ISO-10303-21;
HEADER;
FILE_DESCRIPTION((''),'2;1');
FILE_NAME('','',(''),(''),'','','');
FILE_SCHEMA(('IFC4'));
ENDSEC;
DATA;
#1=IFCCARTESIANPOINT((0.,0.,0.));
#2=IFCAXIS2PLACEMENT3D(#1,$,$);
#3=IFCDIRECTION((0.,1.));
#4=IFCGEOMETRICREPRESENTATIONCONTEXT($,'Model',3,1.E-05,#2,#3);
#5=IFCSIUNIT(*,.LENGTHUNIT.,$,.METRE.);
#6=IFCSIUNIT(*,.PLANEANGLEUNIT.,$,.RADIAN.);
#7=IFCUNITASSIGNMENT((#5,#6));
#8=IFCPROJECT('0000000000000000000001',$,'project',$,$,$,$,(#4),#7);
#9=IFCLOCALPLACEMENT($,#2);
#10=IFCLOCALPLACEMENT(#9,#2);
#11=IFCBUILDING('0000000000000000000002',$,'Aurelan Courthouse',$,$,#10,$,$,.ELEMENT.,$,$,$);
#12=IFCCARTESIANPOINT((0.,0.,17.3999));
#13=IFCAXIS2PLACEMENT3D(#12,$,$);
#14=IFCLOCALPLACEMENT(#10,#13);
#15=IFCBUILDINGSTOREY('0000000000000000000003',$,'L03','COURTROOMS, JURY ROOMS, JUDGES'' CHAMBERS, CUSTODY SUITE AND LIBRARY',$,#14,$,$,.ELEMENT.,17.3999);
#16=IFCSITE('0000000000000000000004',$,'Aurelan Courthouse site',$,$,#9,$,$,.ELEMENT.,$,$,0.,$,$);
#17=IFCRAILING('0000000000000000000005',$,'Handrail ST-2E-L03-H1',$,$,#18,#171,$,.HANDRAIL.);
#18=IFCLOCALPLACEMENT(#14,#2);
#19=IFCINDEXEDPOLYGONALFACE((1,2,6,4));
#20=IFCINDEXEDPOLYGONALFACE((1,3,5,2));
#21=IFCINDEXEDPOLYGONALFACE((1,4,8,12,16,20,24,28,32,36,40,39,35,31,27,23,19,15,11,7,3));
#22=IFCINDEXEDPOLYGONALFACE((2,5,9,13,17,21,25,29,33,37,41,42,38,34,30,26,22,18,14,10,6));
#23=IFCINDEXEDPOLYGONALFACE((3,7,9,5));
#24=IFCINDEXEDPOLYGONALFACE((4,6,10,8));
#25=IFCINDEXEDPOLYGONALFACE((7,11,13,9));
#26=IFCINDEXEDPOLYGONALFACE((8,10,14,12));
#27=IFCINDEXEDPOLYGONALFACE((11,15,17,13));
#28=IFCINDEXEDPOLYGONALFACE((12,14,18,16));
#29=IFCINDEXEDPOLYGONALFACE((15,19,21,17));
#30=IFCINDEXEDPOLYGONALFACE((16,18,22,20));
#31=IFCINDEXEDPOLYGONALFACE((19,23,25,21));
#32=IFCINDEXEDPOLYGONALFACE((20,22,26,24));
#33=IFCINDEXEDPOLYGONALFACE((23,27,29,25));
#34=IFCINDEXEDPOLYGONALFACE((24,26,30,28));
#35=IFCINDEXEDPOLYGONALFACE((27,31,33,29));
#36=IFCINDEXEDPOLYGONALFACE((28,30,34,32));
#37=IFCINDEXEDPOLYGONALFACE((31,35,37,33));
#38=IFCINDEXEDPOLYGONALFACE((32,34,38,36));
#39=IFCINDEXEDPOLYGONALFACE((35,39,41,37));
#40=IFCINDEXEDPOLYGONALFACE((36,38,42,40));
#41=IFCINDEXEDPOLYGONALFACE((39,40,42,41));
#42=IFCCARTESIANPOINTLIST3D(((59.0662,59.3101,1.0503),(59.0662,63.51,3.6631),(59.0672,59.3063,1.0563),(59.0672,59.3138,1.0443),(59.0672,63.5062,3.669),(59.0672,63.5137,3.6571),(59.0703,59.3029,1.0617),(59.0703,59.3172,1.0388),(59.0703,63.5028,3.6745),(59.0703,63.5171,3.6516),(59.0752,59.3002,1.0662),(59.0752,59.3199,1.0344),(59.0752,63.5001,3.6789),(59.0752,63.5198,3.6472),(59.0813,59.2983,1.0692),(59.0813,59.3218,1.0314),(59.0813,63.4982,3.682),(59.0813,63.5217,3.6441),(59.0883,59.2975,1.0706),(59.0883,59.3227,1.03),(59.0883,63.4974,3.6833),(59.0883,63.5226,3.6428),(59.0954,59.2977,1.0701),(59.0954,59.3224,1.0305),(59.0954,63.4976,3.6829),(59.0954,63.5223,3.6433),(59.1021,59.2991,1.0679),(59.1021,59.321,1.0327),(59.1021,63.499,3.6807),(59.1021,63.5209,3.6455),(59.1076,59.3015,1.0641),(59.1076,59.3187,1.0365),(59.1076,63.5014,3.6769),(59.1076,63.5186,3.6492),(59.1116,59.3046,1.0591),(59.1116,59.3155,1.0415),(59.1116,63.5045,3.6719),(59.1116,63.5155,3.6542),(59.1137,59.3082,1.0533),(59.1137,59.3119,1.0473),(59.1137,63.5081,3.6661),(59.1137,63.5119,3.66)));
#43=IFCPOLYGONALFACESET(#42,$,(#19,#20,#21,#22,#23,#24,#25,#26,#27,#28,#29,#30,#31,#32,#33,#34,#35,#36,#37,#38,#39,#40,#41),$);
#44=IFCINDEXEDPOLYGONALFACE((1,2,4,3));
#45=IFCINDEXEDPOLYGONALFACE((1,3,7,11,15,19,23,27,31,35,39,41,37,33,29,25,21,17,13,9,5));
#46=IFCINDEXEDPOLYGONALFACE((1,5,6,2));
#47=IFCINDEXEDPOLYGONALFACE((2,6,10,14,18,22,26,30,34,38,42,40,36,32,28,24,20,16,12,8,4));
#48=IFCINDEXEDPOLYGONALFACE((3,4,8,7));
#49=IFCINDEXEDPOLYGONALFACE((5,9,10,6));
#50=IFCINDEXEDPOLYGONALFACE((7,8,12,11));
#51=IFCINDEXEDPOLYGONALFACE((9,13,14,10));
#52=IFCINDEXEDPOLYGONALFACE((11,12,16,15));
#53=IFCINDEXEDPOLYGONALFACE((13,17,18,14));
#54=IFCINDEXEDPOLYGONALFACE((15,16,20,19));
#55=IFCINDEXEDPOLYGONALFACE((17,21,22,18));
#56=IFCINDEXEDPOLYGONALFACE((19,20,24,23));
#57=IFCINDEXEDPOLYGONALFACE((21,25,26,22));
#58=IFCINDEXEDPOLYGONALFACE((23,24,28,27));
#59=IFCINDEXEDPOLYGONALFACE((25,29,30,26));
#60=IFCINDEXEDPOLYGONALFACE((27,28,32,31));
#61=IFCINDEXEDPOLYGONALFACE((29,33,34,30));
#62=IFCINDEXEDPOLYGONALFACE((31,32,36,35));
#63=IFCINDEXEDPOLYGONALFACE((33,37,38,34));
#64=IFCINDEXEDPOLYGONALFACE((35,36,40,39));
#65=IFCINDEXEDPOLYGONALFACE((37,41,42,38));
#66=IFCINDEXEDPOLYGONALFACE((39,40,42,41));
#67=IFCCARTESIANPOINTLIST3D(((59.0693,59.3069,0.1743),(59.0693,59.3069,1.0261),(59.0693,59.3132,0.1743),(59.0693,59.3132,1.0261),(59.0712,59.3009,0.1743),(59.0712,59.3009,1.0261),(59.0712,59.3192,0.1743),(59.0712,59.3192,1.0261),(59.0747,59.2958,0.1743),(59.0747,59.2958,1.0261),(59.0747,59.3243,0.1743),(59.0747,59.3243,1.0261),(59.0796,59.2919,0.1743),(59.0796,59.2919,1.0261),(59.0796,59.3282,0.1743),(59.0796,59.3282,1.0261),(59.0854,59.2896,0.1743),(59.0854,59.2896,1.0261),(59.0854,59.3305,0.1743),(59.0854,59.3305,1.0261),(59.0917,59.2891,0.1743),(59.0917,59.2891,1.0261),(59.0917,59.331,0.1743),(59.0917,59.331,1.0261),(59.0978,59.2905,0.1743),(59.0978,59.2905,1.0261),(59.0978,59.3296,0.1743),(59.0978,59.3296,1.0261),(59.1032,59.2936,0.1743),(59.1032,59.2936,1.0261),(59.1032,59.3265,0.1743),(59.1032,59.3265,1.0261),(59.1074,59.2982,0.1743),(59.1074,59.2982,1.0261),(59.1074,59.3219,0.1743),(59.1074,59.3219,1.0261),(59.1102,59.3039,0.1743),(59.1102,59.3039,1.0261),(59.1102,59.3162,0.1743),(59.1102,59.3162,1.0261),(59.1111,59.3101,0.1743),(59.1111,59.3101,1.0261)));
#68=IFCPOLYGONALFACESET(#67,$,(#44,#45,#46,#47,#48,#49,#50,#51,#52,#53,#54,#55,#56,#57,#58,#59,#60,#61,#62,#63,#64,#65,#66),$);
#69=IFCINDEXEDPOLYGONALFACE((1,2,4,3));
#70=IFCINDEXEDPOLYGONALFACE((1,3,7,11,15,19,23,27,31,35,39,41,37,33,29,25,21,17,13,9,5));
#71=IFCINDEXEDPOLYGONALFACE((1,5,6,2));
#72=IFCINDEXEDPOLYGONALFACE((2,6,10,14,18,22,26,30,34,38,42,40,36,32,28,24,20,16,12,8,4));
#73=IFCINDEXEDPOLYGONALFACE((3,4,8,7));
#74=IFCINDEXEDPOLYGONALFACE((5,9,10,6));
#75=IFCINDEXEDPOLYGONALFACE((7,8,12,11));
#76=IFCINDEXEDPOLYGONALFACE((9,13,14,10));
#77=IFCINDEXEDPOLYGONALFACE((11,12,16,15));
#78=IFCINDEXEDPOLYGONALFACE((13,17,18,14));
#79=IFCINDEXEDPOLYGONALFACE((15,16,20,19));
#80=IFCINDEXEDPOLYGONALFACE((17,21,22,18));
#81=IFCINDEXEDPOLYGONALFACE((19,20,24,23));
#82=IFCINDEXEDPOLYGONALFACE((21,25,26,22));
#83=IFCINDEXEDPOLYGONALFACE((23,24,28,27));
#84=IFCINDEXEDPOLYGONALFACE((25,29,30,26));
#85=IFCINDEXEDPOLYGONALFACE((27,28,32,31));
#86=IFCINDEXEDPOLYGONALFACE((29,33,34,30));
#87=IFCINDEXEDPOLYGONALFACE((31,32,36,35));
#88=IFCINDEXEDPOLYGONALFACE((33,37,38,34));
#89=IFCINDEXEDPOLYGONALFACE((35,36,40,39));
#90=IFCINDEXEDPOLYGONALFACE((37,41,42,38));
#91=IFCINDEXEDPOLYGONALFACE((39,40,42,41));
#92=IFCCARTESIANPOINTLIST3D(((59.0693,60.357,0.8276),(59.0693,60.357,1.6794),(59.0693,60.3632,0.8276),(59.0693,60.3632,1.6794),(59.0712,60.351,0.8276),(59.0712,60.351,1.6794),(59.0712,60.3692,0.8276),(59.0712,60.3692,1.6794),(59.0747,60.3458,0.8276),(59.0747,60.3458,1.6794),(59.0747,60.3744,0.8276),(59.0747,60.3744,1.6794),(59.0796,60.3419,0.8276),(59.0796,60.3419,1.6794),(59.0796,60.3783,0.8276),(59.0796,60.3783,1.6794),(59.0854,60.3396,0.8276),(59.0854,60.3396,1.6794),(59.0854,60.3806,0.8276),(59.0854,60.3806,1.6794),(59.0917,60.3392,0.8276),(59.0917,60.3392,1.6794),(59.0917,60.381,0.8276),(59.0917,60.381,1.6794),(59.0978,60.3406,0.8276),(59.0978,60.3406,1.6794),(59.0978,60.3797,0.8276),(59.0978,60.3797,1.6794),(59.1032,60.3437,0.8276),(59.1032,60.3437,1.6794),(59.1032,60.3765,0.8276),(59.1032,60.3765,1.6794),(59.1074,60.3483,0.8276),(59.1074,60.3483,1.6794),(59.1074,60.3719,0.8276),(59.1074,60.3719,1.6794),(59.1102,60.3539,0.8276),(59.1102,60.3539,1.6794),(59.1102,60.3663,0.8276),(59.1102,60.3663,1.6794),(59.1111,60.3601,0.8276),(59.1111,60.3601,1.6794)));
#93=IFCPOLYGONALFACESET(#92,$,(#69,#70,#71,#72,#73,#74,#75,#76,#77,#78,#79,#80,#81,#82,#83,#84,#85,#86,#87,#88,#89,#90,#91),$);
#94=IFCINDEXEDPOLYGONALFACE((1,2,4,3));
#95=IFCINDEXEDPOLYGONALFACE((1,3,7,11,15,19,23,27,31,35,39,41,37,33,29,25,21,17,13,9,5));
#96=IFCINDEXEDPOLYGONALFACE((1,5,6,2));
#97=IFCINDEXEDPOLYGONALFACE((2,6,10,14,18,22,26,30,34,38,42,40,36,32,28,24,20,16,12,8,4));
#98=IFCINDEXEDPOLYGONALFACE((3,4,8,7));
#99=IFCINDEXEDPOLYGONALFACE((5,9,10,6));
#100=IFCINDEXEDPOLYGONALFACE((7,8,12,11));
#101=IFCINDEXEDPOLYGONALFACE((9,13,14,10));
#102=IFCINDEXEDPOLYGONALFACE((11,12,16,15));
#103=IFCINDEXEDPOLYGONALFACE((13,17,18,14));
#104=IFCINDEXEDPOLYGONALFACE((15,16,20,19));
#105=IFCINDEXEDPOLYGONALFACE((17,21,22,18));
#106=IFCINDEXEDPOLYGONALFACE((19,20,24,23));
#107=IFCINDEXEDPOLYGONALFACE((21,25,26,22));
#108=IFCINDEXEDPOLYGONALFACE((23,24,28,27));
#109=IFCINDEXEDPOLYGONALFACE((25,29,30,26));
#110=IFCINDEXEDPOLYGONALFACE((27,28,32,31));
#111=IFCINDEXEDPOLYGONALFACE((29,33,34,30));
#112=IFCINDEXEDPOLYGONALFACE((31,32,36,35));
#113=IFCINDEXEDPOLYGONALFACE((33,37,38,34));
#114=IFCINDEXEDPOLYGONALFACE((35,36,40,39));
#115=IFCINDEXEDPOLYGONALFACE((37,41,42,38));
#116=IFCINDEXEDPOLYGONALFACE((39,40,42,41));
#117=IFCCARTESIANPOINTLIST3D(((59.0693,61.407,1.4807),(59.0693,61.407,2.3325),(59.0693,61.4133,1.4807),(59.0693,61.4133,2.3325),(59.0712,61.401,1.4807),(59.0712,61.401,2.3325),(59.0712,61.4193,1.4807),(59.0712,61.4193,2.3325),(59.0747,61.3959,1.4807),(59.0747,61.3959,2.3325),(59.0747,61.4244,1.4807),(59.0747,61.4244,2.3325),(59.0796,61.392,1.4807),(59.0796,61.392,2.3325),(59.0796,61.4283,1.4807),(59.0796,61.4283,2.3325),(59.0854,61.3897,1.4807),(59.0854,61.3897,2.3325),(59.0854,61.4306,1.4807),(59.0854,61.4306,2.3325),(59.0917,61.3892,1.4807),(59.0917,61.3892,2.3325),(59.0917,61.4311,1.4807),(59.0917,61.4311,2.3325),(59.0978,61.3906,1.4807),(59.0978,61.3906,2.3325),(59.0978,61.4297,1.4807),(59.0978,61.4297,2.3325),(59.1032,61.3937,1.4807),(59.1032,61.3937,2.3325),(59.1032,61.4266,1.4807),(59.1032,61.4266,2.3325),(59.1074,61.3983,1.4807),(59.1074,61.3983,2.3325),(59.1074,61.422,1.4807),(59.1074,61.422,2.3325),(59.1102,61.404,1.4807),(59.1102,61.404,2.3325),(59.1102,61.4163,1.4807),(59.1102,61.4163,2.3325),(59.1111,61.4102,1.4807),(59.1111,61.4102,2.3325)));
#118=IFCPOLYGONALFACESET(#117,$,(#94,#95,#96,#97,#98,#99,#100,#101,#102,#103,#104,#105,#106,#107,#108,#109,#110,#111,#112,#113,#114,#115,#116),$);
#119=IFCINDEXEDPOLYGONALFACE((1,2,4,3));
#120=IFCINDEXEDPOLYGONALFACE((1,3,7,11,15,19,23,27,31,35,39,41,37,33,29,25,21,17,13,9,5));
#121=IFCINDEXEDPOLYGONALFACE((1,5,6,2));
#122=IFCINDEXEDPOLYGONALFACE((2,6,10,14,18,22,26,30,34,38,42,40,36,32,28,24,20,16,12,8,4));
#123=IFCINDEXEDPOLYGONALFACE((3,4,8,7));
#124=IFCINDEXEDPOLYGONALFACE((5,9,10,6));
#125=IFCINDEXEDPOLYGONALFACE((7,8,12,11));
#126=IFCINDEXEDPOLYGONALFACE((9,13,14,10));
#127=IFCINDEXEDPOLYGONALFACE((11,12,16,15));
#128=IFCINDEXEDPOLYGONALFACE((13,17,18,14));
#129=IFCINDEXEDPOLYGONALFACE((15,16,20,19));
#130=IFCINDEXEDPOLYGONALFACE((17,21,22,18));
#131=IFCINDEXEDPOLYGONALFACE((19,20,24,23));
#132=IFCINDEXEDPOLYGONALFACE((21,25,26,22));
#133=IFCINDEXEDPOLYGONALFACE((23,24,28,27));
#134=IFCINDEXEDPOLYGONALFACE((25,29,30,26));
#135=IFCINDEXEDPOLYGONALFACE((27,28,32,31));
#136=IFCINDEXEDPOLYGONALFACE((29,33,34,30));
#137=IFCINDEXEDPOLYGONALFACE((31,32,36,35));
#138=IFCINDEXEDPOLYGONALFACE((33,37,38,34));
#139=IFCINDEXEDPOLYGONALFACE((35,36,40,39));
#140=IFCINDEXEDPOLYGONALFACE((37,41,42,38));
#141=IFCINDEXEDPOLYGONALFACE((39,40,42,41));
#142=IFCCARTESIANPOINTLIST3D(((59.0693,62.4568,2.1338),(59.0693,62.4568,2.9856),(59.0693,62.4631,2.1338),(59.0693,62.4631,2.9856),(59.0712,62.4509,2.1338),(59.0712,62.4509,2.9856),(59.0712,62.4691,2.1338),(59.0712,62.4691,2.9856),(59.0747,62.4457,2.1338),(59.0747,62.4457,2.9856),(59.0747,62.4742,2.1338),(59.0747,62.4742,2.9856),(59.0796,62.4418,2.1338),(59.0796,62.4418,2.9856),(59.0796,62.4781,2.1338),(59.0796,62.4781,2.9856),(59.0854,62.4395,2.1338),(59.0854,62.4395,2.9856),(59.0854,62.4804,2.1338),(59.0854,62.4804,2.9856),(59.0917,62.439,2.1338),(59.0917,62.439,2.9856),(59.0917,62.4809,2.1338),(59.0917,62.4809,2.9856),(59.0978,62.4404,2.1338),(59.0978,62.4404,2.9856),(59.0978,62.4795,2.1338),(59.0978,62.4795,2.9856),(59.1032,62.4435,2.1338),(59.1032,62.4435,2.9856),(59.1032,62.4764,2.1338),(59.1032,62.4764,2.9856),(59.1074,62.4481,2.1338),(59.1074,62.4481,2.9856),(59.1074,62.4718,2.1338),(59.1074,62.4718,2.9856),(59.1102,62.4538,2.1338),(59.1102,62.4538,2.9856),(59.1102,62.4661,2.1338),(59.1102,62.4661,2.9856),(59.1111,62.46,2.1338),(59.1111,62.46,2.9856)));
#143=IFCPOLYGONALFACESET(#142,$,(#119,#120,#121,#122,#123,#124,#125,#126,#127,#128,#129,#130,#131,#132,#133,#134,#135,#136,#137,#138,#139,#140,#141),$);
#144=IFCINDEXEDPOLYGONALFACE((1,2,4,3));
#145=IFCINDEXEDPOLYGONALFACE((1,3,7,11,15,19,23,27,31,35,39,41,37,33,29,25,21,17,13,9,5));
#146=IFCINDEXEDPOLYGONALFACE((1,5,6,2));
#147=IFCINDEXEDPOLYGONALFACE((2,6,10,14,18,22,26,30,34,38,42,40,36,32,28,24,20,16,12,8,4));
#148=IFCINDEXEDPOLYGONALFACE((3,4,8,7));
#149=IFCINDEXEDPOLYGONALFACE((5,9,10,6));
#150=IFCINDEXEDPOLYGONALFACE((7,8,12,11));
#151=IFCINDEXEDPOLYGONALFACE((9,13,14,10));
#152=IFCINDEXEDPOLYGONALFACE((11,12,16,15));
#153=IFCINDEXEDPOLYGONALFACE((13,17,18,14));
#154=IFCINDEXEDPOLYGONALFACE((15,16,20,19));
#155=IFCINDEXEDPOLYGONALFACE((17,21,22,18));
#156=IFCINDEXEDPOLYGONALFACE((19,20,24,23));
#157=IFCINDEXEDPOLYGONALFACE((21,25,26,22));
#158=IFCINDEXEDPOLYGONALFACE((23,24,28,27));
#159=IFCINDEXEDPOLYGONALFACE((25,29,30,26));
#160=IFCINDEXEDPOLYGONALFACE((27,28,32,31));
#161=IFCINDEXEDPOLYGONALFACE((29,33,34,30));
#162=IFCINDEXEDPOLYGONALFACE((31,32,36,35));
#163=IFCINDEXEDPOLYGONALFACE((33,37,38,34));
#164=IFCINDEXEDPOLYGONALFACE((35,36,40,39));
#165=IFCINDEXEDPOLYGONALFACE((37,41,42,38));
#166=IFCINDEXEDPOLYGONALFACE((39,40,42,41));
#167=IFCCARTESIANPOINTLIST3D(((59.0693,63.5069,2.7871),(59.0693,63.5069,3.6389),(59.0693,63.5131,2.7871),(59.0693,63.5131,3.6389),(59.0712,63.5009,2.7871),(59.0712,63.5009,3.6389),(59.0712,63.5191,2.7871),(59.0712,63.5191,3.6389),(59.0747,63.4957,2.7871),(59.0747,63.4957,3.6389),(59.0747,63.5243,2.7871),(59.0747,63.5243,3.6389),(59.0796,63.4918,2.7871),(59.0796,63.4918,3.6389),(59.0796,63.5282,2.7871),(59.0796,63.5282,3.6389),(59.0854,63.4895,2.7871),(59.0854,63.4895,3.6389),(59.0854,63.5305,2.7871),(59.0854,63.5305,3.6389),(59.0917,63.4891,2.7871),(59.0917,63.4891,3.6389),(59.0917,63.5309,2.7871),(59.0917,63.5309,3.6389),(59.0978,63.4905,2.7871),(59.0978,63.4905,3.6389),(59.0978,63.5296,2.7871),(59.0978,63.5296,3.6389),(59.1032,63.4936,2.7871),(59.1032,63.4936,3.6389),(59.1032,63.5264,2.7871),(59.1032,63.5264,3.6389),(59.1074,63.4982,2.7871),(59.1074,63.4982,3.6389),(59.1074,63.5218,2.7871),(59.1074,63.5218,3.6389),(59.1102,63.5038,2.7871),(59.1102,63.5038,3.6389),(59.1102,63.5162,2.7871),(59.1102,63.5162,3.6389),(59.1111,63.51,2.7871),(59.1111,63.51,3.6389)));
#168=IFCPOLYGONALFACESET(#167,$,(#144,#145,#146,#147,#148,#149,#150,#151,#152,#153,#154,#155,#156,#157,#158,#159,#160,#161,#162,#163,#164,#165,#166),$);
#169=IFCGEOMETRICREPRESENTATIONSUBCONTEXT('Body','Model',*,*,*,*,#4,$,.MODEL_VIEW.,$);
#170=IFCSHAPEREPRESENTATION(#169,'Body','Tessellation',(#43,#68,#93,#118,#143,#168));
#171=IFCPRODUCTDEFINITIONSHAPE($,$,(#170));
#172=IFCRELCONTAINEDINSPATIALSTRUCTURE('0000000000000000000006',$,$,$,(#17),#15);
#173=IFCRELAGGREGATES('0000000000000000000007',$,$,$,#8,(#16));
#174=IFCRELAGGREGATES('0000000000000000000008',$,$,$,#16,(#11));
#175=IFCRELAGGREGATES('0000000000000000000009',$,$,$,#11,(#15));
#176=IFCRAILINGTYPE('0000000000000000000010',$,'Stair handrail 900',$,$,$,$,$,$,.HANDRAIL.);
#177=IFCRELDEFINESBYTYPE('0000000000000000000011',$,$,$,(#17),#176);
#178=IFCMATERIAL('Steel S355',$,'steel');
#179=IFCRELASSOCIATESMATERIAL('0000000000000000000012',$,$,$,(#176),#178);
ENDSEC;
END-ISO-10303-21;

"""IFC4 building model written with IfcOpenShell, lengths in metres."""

from ifc_helpers import new_model, si_unit, direction, frame, origin, origin_2d, place, context, subcontext, project, spatial, circle, extrude, material, type_object, element, save


model = new_model("IFC4")

# Units and contexts
model_context = context("Model", 3, precision=1e-05, world=origin(), true_north=direction((0.0, 1.0)))
body_context = subcontext(model_context, "Body", "Model", "MODEL_VIEW")
ifc_project = project(units=[si_unit("LENGTHUNIT", "METRE"), si_unit("PLANEANGLEUNIT", "RADIAN")], contexts=[model_context])

# Site, building, storey
site_placement = place(None, origin())
site = spatial("IfcSite", under=ifc_project, at=site_placement, Name="Aurelan Courthouse site", CompositionType="ELEMENT", RefElevation=0.0)
building_placement = place(site_placement, origin())
building = spatial("IfcBuilding", under=site, at=building_placement, Name="Aurelan Courthouse", CompositionType="ELEMENT")
storey_placement = place(building_placement, frame((0.0, 0.0, 17.3999)))
storey = spatial("IfcBuildingStorey", under=building, at=storey_placement, Name="L03", Description="COURTROOMS, JURY ROOMS, JUDGES' CHAMBERS, CUSTODY SUITE AND LIBRARY", CompositionType="ELEMENT", Elevation=17.3999)

# Railing
ifc_material_1 = material(Name="Steel S355", Category="steel")
railing_type_1 = type_object("IfcRailingType", Name="Stair handrail 900", PredefinedType="HANDRAIL", material=ifc_material_1)
for number, where, name in (
    (1, (59.0901, 59.3101, 0.1743), "Handrail ST-2E-L03-H1"),
):
    element("IfcRailing", number, at=place(storey_placement, frame(where)), inside=storey, type_object=railing_type_1, Name=name, PredefinedType="HANDRAIL", context=body_context, shape_type="SweptSolid", body=[
        extrude(circle(Radius=0.0239, at=origin_2d()), frame((0.0, 0.0, 0.876), z_axis=(0.0, 0.849103, 0.528228), x_axis=(-1.0, 0.0, 0.0)), (0.0, 0.0, 1.0), 4.9463),
        extrude(circle(Radius=0.021, at=origin_2d()), origin(), (0.0, 0.0, 1.0), 0.8518),
        extrude(circle(Radius=0.021, at=origin_2d()), frame((0.0, 1.05, 0.6533)), (0.0, 0.0, 1.0), 0.8518),
        extrude(circle(Radius=0.021, at=origin_2d()), frame((0.0, 2.1001, 1.3064)), (0.0, 0.0, 1.0), 0.8518),
        extrude(circle(Radius=0.021, at=origin_2d()), frame((0.0, 3.1499, 1.9595)), (0.0, 0.0, 1.0), 0.8518),
        extrude(circle(Radius=0.021, at=origin_2d()), frame((0.0, 4.2, 2.6128)), (0.0, 0.0, 1.0), 0.8518),
    ])

save(model, "model.ifc")
